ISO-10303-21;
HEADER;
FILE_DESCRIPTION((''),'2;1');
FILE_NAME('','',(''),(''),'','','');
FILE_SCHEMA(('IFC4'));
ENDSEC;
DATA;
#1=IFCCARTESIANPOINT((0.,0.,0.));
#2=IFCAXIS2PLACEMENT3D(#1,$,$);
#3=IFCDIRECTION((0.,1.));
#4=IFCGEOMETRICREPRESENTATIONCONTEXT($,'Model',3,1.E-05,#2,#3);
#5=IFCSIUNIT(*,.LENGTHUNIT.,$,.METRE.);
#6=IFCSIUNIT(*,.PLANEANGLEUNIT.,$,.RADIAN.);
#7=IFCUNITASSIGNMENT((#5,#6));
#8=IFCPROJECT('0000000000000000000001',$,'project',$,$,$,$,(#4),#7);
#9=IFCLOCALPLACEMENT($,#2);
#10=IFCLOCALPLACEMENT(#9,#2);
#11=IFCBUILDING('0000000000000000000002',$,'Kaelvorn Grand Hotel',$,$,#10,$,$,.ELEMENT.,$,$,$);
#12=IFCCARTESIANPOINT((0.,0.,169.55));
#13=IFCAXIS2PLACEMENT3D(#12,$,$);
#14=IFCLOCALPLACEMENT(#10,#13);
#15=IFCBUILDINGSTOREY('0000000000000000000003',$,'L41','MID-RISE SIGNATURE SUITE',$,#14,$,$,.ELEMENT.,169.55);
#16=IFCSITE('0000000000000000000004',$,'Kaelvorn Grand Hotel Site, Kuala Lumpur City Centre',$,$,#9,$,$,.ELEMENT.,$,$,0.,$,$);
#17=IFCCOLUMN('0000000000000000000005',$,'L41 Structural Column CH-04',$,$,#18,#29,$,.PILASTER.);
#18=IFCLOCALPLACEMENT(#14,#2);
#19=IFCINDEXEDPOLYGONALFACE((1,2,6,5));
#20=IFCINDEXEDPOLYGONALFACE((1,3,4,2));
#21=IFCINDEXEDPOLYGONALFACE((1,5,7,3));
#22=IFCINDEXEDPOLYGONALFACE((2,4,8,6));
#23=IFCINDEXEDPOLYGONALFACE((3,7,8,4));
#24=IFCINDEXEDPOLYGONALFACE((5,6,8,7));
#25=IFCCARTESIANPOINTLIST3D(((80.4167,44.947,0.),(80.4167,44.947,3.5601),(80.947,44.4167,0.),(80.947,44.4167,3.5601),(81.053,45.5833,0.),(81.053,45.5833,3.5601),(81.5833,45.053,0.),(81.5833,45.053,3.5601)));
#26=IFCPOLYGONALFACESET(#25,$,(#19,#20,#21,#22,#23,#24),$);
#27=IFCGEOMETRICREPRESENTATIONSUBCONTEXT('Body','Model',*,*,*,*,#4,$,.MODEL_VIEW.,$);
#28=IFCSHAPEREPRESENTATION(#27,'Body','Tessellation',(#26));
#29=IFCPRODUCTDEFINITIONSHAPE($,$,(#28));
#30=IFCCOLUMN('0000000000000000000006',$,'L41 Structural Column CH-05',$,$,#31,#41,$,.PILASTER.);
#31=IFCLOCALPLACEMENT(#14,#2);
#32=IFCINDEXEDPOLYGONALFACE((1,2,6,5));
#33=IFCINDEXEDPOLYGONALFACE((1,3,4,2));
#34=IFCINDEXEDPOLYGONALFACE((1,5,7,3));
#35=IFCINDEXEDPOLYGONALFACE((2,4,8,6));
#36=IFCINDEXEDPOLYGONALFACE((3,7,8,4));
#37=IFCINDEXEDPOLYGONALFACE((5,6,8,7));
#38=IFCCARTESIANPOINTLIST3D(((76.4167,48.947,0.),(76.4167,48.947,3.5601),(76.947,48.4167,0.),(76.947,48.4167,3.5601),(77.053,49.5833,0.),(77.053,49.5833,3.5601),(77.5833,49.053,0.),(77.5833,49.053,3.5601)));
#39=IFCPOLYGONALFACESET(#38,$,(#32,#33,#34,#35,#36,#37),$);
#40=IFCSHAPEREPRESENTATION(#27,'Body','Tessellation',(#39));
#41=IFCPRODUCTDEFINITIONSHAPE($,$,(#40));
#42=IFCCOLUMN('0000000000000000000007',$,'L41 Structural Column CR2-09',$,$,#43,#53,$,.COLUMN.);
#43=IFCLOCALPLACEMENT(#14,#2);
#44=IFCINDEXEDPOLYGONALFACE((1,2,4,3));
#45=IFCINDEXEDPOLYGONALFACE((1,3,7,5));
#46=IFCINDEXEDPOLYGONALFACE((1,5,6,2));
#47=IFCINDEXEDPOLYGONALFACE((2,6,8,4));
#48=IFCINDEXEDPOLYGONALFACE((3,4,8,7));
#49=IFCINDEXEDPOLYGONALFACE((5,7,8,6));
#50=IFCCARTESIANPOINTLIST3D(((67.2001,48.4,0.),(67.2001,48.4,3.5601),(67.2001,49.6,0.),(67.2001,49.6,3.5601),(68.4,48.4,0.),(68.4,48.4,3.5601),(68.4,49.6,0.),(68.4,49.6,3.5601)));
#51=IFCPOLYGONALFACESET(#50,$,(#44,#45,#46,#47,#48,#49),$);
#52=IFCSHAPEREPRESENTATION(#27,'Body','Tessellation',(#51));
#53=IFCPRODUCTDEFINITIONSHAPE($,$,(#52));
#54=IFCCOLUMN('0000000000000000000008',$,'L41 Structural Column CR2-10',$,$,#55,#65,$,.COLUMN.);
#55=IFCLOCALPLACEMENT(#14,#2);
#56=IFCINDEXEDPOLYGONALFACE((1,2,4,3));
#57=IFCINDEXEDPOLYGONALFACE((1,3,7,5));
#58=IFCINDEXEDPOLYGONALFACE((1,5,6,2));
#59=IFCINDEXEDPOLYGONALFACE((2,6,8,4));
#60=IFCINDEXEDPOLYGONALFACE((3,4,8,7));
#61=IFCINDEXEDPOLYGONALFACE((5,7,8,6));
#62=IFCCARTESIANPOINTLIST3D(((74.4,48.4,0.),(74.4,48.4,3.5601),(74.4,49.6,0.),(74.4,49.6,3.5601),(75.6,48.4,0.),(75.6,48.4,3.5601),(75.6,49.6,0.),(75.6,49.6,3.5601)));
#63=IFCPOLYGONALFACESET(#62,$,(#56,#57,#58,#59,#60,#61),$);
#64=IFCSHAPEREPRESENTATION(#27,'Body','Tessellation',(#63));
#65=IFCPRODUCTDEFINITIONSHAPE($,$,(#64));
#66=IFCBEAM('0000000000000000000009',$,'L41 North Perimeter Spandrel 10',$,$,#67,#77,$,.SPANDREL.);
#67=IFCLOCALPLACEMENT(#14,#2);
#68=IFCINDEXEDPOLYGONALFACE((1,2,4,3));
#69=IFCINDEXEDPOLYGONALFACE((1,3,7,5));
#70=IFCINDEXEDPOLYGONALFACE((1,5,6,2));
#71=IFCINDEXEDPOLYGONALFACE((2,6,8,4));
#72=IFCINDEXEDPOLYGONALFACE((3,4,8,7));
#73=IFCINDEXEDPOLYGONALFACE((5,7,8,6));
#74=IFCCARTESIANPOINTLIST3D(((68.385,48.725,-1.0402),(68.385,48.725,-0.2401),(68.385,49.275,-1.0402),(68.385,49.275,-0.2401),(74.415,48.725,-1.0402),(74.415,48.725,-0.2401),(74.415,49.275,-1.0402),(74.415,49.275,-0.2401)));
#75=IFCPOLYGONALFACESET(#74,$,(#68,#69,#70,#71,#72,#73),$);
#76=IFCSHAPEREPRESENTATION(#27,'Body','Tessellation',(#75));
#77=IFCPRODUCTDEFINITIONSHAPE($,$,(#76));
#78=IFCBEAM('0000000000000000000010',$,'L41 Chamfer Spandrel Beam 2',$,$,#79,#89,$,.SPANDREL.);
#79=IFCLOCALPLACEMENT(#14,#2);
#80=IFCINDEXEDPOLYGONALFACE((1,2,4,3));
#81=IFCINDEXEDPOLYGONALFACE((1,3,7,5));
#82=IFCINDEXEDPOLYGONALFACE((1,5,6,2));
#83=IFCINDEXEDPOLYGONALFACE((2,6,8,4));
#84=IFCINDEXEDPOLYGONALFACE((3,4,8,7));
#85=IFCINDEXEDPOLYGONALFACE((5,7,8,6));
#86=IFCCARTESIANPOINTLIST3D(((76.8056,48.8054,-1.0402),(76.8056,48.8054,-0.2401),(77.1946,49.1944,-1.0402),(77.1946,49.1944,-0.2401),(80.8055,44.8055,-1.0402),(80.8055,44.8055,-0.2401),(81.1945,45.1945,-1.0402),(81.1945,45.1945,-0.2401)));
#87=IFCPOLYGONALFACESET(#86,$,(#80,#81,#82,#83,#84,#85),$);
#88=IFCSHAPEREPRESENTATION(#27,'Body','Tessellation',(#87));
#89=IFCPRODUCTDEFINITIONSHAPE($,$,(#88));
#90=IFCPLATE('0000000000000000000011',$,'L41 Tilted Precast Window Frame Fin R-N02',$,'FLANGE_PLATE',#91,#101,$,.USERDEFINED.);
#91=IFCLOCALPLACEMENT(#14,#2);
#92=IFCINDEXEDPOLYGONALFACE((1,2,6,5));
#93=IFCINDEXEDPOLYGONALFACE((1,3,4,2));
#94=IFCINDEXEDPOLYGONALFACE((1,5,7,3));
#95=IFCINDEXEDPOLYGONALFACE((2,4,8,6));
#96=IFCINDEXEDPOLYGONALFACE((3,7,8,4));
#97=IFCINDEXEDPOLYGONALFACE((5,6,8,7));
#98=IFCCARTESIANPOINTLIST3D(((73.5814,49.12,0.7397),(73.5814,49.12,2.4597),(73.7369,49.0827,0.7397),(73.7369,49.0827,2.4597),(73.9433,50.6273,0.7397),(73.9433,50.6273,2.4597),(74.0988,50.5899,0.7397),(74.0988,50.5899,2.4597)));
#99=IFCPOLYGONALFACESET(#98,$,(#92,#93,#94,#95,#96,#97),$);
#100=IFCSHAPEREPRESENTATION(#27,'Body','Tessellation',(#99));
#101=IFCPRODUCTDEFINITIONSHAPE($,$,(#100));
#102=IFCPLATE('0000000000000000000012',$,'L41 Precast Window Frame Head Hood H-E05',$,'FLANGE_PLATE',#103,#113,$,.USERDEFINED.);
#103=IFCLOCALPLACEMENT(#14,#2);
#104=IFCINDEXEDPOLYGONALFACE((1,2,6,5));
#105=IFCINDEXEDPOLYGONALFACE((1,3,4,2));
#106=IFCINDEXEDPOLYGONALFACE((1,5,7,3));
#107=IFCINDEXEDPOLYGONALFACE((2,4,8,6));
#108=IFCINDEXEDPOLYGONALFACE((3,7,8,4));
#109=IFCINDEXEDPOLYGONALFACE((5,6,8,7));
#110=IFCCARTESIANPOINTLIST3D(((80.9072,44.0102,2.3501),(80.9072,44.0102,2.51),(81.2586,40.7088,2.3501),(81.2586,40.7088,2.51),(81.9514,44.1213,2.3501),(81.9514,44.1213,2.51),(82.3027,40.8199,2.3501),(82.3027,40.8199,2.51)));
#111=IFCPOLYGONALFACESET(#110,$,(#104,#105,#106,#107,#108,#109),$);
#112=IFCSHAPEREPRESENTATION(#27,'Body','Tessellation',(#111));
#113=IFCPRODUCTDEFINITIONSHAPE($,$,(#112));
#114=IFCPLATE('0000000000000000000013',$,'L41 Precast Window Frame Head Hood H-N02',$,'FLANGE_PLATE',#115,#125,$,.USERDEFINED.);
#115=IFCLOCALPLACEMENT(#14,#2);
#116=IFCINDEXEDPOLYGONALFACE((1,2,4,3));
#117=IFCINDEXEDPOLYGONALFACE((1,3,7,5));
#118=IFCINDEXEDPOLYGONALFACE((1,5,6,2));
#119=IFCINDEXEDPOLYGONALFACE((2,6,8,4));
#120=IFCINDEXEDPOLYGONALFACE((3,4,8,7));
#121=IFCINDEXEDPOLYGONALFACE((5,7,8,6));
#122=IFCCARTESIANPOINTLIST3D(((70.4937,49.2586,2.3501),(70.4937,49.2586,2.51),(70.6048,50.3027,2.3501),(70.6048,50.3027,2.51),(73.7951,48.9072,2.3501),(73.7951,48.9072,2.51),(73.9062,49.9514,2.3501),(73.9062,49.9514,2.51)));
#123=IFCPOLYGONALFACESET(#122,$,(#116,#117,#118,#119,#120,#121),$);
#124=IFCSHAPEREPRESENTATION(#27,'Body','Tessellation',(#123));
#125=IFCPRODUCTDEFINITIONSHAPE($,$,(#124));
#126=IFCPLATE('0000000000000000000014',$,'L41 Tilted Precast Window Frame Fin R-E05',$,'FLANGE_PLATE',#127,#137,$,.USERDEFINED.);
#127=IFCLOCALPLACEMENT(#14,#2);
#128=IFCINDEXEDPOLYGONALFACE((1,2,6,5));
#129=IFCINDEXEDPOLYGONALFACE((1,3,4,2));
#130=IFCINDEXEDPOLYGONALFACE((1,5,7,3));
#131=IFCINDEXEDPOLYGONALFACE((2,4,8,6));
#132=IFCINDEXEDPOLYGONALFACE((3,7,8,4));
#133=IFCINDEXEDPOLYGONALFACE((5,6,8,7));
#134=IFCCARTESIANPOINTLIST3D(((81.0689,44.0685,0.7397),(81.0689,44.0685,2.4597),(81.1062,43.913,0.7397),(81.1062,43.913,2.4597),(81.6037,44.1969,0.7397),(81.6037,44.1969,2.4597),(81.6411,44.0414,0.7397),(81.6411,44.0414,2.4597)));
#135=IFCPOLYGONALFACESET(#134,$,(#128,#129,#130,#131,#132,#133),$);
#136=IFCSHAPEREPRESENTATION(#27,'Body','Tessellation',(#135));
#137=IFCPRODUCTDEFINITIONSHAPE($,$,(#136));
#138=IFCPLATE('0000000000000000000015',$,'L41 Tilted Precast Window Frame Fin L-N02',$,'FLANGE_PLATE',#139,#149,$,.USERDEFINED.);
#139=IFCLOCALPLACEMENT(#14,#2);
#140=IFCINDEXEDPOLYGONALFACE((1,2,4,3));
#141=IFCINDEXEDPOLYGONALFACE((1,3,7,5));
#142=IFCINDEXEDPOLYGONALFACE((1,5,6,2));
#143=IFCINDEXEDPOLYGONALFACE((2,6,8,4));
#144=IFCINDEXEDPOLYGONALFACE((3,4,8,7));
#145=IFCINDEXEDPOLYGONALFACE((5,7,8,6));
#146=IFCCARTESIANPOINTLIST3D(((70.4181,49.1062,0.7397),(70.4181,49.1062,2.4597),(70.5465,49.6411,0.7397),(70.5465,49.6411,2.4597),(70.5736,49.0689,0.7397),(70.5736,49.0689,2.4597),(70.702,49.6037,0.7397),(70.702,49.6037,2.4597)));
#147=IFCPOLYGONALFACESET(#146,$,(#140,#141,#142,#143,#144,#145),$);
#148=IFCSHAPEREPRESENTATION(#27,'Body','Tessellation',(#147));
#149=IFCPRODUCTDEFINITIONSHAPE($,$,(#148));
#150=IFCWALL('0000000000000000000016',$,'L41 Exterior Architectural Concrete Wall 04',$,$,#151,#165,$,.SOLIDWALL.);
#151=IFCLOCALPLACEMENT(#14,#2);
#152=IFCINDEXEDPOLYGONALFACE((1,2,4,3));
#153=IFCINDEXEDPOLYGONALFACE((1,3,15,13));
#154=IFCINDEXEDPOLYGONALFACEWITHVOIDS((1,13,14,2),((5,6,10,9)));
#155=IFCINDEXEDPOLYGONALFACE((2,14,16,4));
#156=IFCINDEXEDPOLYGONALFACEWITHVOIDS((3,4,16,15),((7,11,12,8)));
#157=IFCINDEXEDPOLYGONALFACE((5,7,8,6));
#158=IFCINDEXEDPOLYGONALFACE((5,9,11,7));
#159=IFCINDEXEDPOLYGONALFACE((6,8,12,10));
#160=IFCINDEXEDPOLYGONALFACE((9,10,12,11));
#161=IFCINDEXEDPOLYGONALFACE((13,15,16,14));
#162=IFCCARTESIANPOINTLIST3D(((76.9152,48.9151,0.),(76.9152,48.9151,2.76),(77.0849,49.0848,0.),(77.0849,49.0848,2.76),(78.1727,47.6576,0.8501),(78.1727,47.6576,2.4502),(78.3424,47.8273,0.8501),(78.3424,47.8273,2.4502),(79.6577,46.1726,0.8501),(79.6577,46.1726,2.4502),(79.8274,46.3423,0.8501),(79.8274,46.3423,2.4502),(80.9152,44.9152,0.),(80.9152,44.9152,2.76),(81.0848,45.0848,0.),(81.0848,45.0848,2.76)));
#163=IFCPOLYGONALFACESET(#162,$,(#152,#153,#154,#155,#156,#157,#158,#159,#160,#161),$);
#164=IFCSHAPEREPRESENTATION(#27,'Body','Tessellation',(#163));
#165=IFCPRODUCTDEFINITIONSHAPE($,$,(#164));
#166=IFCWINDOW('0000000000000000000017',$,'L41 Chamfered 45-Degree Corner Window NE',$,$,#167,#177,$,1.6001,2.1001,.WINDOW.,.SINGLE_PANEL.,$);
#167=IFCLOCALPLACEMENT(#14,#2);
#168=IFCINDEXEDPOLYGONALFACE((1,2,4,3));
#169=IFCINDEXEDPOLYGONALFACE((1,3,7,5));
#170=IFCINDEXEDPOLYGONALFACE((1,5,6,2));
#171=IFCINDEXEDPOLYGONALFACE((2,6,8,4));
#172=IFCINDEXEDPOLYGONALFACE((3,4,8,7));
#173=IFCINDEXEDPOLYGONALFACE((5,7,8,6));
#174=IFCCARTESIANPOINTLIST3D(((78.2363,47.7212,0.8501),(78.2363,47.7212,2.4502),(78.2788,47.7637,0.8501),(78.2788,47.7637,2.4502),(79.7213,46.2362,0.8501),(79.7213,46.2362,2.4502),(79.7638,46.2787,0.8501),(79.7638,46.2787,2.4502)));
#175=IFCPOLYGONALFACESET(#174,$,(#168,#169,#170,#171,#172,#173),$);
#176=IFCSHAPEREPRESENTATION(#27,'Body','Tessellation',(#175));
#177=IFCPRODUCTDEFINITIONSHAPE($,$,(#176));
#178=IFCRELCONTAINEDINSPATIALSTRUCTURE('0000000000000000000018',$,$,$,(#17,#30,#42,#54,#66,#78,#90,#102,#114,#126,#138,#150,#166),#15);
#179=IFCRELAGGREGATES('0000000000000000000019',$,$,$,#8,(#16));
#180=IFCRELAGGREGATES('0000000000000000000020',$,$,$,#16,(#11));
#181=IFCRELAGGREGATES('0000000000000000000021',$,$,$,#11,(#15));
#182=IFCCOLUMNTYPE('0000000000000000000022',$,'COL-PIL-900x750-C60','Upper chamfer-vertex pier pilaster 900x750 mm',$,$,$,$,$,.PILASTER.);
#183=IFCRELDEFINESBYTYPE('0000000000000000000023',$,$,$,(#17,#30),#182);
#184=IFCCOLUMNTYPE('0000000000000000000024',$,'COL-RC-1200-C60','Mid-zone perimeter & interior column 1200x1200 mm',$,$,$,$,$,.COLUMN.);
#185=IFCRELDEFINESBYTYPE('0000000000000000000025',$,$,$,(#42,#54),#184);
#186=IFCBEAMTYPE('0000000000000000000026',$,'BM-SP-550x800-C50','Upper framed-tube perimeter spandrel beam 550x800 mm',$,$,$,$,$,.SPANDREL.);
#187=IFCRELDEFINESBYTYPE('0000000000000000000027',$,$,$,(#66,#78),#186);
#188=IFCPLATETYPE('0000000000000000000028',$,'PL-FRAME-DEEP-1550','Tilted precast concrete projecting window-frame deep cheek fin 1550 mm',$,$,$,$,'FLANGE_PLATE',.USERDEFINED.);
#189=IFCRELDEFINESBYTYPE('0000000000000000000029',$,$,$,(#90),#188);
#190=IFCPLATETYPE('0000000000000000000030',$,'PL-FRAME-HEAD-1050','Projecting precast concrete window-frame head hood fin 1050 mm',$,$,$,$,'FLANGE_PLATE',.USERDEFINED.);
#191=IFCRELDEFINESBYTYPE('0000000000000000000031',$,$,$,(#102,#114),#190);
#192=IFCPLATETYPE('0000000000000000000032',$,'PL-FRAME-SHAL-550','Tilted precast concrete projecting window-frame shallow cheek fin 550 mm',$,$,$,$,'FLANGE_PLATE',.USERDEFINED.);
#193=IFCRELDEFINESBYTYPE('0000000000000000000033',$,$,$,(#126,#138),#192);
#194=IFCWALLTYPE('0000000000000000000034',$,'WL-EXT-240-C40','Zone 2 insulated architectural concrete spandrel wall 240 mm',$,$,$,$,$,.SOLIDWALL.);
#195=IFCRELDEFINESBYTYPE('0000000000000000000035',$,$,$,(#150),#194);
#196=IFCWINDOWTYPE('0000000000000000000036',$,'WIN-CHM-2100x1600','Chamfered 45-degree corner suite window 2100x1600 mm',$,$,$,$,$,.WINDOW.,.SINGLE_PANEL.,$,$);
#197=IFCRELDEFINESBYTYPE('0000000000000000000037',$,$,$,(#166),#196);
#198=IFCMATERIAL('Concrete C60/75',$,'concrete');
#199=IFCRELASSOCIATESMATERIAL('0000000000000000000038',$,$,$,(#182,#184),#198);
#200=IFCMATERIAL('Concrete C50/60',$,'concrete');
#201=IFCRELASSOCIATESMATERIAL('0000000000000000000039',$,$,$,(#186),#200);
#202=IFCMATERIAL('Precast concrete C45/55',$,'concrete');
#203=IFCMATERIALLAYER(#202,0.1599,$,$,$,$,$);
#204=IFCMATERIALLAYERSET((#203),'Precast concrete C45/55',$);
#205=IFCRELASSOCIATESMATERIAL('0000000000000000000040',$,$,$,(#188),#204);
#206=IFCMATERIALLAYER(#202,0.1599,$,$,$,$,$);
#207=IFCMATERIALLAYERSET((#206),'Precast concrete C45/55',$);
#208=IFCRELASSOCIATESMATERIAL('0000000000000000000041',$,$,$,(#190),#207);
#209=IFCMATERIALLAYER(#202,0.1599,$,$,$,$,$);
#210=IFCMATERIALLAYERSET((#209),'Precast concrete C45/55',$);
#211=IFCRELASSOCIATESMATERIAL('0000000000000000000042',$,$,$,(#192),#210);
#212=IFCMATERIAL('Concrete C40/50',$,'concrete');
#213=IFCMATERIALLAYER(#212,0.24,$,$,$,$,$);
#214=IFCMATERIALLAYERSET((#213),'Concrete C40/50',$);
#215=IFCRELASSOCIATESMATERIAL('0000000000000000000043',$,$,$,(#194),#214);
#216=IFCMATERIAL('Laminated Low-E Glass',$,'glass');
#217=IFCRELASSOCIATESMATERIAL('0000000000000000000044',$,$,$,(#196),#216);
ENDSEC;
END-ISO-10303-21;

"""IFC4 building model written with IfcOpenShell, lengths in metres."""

from ifc_helpers import new_model, si_unit, direction, frame, frame_2d, origin, origin_2d, place, context, subcontext, project, spatial, rectangle, extrude, material, layer, layer_set, material_profile, profile_set, type_object, element, fill, save


model = new_model("IFC4")

# Units and contexts
model_context = context("Model", 3, precision=1e-05, world=origin(), true_north=direction((0.0, 1.0)))
body_context = subcontext(model_context, "Body", "Model", "MODEL_VIEW")
ifc_project = project(units=[si_unit("LENGTHUNIT", "METRE"), si_unit("PLANEANGLEUNIT", "RADIAN")], contexts=[model_context])

# Site, building, storey
site_placement = place(None, origin())
site = spatial("IfcSite", under=ifc_project, at=site_placement, Name="Kaelvorn Grand Hotel Site, Kuala Lumpur City Centre", CompositionType="ELEMENT", RefElevation=0.0)
building_placement = place(site_placement, origin())
building = spatial("IfcBuilding", under=site, at=building_placement, Name="Kaelvorn Grand Hotel", CompositionType="ELEMENT")
storey_placement = place(building_placement, frame((0.0, 0.0, 169.55)))
storey = spatial("IfcBuildingStorey", under=building, at=storey_placement, Name="L41", Description="MID-RISE SIGNATURE SUITE", CompositionType="ELEMENT", Elevation=169.55)

# Columns
ifc_material_1 = material(Name="Concrete C60/75", Category="concrete")
ifc_material_profile_1 = material_profile(ifc_material_1, rectangle(XDim=0.8999, YDim=0.75, at=origin_2d()), Name="RC PILASTER 900x750")
ifc_profile_set_1 = profile_set([ifc_material_profile_1], Name="Concrete C60/75")
column_type_1 = type_object("IfcColumnType", Name="COL-PIL-900x750-C60", Description="Upper chamfer-vertex pier pilaster 900x750 mm", PredefinedType="PILASTER", material=ifc_profile_set_1)
for number, where, z_axis, x_axis, name in (
    (1, (81.0, 45.0, 0.0), (0.0, 0.0, 1.0), (0.707107, 0.707107, 0.0), "L41 Structural Column CH-04"),
    (2, (77.0, 49.0, 0.0), (0.0, 0.0, 1.0), (0.707107, 0.707107, 0.0), "L41 Structural Column CH-05"),
):
    element("IfcColumn", number, at=place(storey_placement, frame(where, z_axis=z_axis, x_axis=x_axis)), inside=storey, type_object=column_type_1, Name=name, PredefinedType="PILASTER", context=body_context, shape_type="SweptSolid", body=[
        extrude(rectangle(XDim=0.8999, YDim=0.75, at=origin_2d()), origin(), (0.0, 0.0, 1.0), 3.5601),
    ])
ifc_material_profile_2 = material_profile(ifc_material_1, rectangle(XDim=1.2, YDim=1.2, at=origin_2d()), Name="RC COL 1200x1200")
ifc_profile_set_2 = profile_set([ifc_material_profile_2], Name="Concrete C60/75")
column_type_2 = type_object("IfcColumnType", Name="COL-RC-1200-C60", Description="Mid-zone perimeter & interior column 1200x1200 mm", PredefinedType="COLUMN", material=ifc_profile_set_2)
for number, where, z_axis, x_axis, name in (
    (3, (67.8, 49.0, 0.0), (0.0, 0.0, 1.0), (1.0, 0.0, 0.0), "L41 Structural Column CR2-09"),
    (4, (75.0, 49.0, 0.0), (0.0, 0.0, 1.0), (1.0, 0.0, 0.0), "L41 Structural Column CR2-10"),
):
    element("IfcColumn", number, at=place(storey_placement, frame(where, z_axis=z_axis, x_axis=x_axis)), inside=storey, type_object=column_type_2, Name=name, PredefinedType="COLUMN", context=body_context, shape_type="SweptSolid", body=[
        extrude(rectangle(XDim=1.2, YDim=1.2, at=origin_2d()), origin(), (0.0, 0.0, 1.0), 3.5601),
    ])

# Beams
ifc_material_2 = material(Name="Concrete C50/60", Category="concrete")
ifc_material_profile_3 = material_profile(ifc_material_2, rectangle(XDim=0.55, YDim=0.8, at=origin_2d()), Name="RC SPANDREL 550x800")
ifc_profile_set_3 = profile_set([ifc_material_profile_3], Name="Concrete C50/60")
beam_type = type_object("IfcBeamType", Name="BM-SP-550x800-C50", Description="Upper framed-tube perimeter spandrel beam 550x800 mm", PredefinedType="SPANDREL", material=ifc_profile_set_3)
beam_1_placement = place(storey_placement, frame((68.385, 49.0, -0.6401), z_axis=(1.0, 0.0, 0.0), x_axis=(0.0, 1.0, 0.0)))
element("IfcBeam", 5, at=beam_1_placement, inside=storey, type_object=beam_type, Name="L41 North Perimeter Spandrel 10", PredefinedType="SPANDREL", context=body_context, shape_type="SweptSolid", body=[
    extrude(rectangle(XDim=0.55, YDim=0.8, at=origin_2d()), origin(), (0.0, 0.0, 1.0), 6.03),
])
beam_2_placement = place(storey_placement, frame((81.0, 45.0, -0.6401), z_axis=(-0.707107, 0.707107, 0.0), x_axis=(-0.707107, -0.707107, 0.0)))
element("IfcBeam", 6, at=beam_2_placement, inside=storey, type_object=beam_type, Name="L41 Chamfer Spandrel Beam 2", PredefinedType="SPANDREL", context=body_context, shape_type="SweptSolid", body=[
    extrude(rectangle(XDim=0.55, YDim=0.8, at=origin_2d()), origin(), (0.0, 0.0, 1.0), 5.6567),
])

# Plates
ifc_material_3 = material(Name="Precast concrete C45/55", Category="concrete")
ifc_layer_1 = layer(ifc_material_3, 0.1599)
ifc_layer_set_1 = layer_set([ifc_layer_1], Name="Precast concrete C45/55")
plate_type_1 = type_object("IfcPlateType", Name="PL-FRAME-DEEP-1550", Description="Tilted precast concrete projecting window-frame deep cheek fin 1550 mm", ElementType="FLANGE_PLATE", PredefinedType="USERDEFINED", material=ifc_layer_set_1)
plate_placement = place(storey_placement, frame((73.8401, 49.855, 0.7397), z_axis=(0.0, 0.0, 1.0), x_axis=(0.97237, -0.233445, 0.0)))
element("IfcPlate", 7, at=plate_placement, inside=storey, type_object=plate_type_1, Name="L41 Tilted Precast Window Frame Fin R-N02", ObjectType="FLANGE_PLATE", PredefinedType="USERDEFINED", context=body_context, shape_type="SweptSolid", body=[
    extrude(rectangle(XDim=0.1599, YDim=1.55, at=origin_2d()), origin(), (0.0, 0.0, 1.0), 1.72),
])
ifc_layer_2 = layer(ifc_material_3, 0.1599)
ifc_layer_set_2 = layer_set([ifc_layer_2], Name="Precast concrete C45/55")
plate_type_2 = type_object("IfcPlateType", Name="PL-FRAME-HEAD-1050", Description="Projecting precast concrete window-frame head hood fin 1050 mm", ElementType="FLANGE_PLATE", PredefinedType="USERDEFINED", material=ifc_layer_set_2)
for number, where, z_axis, x_axis, name in (
    (8, (81.605, 42.415, 2.3501), (0.0, 0.0, 1.0), (-0.10583, 0.994384, 0.0), "L41 Precast Window Frame Head Hood H-E05"),
    (9, (72.2, 49.605, 2.3501), (0.0, 0.0, 1.0), (0.994384, -0.10583, 0.0), "L41 Precast Window Frame Head Hood H-N02"),
):
    element("IfcPlate", number, at=place(storey_placement, frame(where, z_axis=z_axis, x_axis=x_axis)), inside=storey, type_object=plate_type_2, Name=name, ObjectType="FLANGE_PLATE", PredefinedType="USERDEFINED", context=body_context, shape_type="SweptSolid", body=[
        extrude(rectangle(XDim=3.3201, YDim=1.05, at=origin_2d()), origin(), (0.0, 0.0, 1.0), 0.1599),
    ])
ifc_layer_3 = layer(ifc_material_3, 0.1599)
ifc_layer_set_3 = layer_set([ifc_layer_3], Name="Precast concrete C45/55")
plate_type_3 = type_object("IfcPlateType", Name="PL-FRAME-SHAL-550", Description="Tilted precast concrete projecting window-frame shallow cheek fin 550 mm", ElementType="FLANGE_PLATE", PredefinedType="USERDEFINED", material=ifc_layer_set_3)
for number, where, z_axis, x_axis, name in (
    (10, (81.355, 44.0549, 0.7397), (0.0, 0.0, 1.0), (-0.233445, 0.97237, 0.0), "L41 Tilted Precast Window Frame Fin R-E05"),
    (11, (70.5601, 49.355, 0.7397), (0.0, 0.0, 1.0), (0.97237, -0.233445, 0.0), "L41 Tilted Precast Window Frame Fin L-N02"),
):
    element("IfcPlate", number, at=place(storey_placement, frame(where, z_axis=z_axis, x_axis=x_axis)), inside=storey, type_object=plate_type_3, Name=name, ObjectType="FLANGE_PLATE", PredefinedType="USERDEFINED", context=body_context, shape_type="SweptSolid", body=[
        extrude(rectangle(XDim=0.1599, YDim=0.55, at=origin_2d()), origin(), (0.0, 0.0, 1.0), 1.72),
    ])

# Wall, opening, window
ifc_material_4 = material(Name="Concrete C40/50", Category="concrete")
ifc_layer_4 = layer(ifc_material_4, 0.24)
ifc_layer_set_4 = layer_set([ifc_layer_4], Name="Concrete C40/50")
wall_type = type_object("IfcWallType", Name="WL-EXT-240-C40", Description="Zone 2 insulated architectural concrete spandrel wall 240 mm", PredefinedType="SOLIDWALL", material=ifc_layer_set_4)
wall_1_placement = place(storey_placement, frame((81.0, 45.0, 0.0), z_axis=(0.0, 0.0, 1.0), x_axis=(-0.707107, 0.707107, 0.0)))
wall_1 = element("IfcWall", 12, at=wall_1_placement, inside=storey, type_object=wall_type, Name="L41 Exterior Architectural Concrete Wall 04", PredefinedType="SOLIDWALL", context=body_context, shape_type="SweptSolid", body=[
    extrude(rectangle(XDim=5.6567, YDim=0.24, at=frame_2d((2.8284, 0.0))), origin(), (0.0, 0.0, 1.0), 2.76),
])
opening_1_placement = place(wall_1_placement, frame((1.7783, 0.0, 0.8501)))
opening_1 = element("IfcOpeningElement", 13, at=opening_1_placement, cuts=wall_1, PredefinedType="OPENING", context=body_context, shape_type="SweptSolid", body=[
    extrude(rectangle(XDim=2.1001, YDim=1.6001, at=frame_2d((1.05, 0.8))), frame((0.0, 0.1299, 0.0), z_axis=(0.0, -1.0, 0.0), x_axis=(1.0, 0.0, 0.0)), (0.0, 0.0, 1.0), 0.26),
])
ifc_material_5 = material(Name="Laminated Low-E Glass", Category="glass")
window_type_1 = type_object("IfcWindowType", Name="WIN-CHM-2100x1600", Description="Chamfered 45-degree corner suite window 2100x1600 mm", PartitioningType="SINGLE_PANEL", PredefinedType="WINDOW", material=ifc_material_5)
window_1_placement = place(opening_1_placement, origin())
window_1 = element("IfcWindow", 14, at=window_1_placement, inside=storey, type_object=window_type_1, Name="L41 Chamfered 45-Degree Corner Window NE", OverallHeight=1.6001, OverallWidth=2.1001, PartitioningType="SINGLE_PANEL", PredefinedType="WINDOW", context=body_context, shape_type="SweptSolid", body=[
    extrude(rectangle(XDim=2.1001, YDim=1.6001, at=frame_2d((1.05, 0.8))), frame((0.0, 0.03, 0.0), z_axis=(0.0, -1.0, 0.0), x_axis=(1.0, 0.0, 0.0)), (0.0, 0.0, 1.0), 0.0601),
])
fill(opening_1, window_1)

save(model, "model.ifc")
